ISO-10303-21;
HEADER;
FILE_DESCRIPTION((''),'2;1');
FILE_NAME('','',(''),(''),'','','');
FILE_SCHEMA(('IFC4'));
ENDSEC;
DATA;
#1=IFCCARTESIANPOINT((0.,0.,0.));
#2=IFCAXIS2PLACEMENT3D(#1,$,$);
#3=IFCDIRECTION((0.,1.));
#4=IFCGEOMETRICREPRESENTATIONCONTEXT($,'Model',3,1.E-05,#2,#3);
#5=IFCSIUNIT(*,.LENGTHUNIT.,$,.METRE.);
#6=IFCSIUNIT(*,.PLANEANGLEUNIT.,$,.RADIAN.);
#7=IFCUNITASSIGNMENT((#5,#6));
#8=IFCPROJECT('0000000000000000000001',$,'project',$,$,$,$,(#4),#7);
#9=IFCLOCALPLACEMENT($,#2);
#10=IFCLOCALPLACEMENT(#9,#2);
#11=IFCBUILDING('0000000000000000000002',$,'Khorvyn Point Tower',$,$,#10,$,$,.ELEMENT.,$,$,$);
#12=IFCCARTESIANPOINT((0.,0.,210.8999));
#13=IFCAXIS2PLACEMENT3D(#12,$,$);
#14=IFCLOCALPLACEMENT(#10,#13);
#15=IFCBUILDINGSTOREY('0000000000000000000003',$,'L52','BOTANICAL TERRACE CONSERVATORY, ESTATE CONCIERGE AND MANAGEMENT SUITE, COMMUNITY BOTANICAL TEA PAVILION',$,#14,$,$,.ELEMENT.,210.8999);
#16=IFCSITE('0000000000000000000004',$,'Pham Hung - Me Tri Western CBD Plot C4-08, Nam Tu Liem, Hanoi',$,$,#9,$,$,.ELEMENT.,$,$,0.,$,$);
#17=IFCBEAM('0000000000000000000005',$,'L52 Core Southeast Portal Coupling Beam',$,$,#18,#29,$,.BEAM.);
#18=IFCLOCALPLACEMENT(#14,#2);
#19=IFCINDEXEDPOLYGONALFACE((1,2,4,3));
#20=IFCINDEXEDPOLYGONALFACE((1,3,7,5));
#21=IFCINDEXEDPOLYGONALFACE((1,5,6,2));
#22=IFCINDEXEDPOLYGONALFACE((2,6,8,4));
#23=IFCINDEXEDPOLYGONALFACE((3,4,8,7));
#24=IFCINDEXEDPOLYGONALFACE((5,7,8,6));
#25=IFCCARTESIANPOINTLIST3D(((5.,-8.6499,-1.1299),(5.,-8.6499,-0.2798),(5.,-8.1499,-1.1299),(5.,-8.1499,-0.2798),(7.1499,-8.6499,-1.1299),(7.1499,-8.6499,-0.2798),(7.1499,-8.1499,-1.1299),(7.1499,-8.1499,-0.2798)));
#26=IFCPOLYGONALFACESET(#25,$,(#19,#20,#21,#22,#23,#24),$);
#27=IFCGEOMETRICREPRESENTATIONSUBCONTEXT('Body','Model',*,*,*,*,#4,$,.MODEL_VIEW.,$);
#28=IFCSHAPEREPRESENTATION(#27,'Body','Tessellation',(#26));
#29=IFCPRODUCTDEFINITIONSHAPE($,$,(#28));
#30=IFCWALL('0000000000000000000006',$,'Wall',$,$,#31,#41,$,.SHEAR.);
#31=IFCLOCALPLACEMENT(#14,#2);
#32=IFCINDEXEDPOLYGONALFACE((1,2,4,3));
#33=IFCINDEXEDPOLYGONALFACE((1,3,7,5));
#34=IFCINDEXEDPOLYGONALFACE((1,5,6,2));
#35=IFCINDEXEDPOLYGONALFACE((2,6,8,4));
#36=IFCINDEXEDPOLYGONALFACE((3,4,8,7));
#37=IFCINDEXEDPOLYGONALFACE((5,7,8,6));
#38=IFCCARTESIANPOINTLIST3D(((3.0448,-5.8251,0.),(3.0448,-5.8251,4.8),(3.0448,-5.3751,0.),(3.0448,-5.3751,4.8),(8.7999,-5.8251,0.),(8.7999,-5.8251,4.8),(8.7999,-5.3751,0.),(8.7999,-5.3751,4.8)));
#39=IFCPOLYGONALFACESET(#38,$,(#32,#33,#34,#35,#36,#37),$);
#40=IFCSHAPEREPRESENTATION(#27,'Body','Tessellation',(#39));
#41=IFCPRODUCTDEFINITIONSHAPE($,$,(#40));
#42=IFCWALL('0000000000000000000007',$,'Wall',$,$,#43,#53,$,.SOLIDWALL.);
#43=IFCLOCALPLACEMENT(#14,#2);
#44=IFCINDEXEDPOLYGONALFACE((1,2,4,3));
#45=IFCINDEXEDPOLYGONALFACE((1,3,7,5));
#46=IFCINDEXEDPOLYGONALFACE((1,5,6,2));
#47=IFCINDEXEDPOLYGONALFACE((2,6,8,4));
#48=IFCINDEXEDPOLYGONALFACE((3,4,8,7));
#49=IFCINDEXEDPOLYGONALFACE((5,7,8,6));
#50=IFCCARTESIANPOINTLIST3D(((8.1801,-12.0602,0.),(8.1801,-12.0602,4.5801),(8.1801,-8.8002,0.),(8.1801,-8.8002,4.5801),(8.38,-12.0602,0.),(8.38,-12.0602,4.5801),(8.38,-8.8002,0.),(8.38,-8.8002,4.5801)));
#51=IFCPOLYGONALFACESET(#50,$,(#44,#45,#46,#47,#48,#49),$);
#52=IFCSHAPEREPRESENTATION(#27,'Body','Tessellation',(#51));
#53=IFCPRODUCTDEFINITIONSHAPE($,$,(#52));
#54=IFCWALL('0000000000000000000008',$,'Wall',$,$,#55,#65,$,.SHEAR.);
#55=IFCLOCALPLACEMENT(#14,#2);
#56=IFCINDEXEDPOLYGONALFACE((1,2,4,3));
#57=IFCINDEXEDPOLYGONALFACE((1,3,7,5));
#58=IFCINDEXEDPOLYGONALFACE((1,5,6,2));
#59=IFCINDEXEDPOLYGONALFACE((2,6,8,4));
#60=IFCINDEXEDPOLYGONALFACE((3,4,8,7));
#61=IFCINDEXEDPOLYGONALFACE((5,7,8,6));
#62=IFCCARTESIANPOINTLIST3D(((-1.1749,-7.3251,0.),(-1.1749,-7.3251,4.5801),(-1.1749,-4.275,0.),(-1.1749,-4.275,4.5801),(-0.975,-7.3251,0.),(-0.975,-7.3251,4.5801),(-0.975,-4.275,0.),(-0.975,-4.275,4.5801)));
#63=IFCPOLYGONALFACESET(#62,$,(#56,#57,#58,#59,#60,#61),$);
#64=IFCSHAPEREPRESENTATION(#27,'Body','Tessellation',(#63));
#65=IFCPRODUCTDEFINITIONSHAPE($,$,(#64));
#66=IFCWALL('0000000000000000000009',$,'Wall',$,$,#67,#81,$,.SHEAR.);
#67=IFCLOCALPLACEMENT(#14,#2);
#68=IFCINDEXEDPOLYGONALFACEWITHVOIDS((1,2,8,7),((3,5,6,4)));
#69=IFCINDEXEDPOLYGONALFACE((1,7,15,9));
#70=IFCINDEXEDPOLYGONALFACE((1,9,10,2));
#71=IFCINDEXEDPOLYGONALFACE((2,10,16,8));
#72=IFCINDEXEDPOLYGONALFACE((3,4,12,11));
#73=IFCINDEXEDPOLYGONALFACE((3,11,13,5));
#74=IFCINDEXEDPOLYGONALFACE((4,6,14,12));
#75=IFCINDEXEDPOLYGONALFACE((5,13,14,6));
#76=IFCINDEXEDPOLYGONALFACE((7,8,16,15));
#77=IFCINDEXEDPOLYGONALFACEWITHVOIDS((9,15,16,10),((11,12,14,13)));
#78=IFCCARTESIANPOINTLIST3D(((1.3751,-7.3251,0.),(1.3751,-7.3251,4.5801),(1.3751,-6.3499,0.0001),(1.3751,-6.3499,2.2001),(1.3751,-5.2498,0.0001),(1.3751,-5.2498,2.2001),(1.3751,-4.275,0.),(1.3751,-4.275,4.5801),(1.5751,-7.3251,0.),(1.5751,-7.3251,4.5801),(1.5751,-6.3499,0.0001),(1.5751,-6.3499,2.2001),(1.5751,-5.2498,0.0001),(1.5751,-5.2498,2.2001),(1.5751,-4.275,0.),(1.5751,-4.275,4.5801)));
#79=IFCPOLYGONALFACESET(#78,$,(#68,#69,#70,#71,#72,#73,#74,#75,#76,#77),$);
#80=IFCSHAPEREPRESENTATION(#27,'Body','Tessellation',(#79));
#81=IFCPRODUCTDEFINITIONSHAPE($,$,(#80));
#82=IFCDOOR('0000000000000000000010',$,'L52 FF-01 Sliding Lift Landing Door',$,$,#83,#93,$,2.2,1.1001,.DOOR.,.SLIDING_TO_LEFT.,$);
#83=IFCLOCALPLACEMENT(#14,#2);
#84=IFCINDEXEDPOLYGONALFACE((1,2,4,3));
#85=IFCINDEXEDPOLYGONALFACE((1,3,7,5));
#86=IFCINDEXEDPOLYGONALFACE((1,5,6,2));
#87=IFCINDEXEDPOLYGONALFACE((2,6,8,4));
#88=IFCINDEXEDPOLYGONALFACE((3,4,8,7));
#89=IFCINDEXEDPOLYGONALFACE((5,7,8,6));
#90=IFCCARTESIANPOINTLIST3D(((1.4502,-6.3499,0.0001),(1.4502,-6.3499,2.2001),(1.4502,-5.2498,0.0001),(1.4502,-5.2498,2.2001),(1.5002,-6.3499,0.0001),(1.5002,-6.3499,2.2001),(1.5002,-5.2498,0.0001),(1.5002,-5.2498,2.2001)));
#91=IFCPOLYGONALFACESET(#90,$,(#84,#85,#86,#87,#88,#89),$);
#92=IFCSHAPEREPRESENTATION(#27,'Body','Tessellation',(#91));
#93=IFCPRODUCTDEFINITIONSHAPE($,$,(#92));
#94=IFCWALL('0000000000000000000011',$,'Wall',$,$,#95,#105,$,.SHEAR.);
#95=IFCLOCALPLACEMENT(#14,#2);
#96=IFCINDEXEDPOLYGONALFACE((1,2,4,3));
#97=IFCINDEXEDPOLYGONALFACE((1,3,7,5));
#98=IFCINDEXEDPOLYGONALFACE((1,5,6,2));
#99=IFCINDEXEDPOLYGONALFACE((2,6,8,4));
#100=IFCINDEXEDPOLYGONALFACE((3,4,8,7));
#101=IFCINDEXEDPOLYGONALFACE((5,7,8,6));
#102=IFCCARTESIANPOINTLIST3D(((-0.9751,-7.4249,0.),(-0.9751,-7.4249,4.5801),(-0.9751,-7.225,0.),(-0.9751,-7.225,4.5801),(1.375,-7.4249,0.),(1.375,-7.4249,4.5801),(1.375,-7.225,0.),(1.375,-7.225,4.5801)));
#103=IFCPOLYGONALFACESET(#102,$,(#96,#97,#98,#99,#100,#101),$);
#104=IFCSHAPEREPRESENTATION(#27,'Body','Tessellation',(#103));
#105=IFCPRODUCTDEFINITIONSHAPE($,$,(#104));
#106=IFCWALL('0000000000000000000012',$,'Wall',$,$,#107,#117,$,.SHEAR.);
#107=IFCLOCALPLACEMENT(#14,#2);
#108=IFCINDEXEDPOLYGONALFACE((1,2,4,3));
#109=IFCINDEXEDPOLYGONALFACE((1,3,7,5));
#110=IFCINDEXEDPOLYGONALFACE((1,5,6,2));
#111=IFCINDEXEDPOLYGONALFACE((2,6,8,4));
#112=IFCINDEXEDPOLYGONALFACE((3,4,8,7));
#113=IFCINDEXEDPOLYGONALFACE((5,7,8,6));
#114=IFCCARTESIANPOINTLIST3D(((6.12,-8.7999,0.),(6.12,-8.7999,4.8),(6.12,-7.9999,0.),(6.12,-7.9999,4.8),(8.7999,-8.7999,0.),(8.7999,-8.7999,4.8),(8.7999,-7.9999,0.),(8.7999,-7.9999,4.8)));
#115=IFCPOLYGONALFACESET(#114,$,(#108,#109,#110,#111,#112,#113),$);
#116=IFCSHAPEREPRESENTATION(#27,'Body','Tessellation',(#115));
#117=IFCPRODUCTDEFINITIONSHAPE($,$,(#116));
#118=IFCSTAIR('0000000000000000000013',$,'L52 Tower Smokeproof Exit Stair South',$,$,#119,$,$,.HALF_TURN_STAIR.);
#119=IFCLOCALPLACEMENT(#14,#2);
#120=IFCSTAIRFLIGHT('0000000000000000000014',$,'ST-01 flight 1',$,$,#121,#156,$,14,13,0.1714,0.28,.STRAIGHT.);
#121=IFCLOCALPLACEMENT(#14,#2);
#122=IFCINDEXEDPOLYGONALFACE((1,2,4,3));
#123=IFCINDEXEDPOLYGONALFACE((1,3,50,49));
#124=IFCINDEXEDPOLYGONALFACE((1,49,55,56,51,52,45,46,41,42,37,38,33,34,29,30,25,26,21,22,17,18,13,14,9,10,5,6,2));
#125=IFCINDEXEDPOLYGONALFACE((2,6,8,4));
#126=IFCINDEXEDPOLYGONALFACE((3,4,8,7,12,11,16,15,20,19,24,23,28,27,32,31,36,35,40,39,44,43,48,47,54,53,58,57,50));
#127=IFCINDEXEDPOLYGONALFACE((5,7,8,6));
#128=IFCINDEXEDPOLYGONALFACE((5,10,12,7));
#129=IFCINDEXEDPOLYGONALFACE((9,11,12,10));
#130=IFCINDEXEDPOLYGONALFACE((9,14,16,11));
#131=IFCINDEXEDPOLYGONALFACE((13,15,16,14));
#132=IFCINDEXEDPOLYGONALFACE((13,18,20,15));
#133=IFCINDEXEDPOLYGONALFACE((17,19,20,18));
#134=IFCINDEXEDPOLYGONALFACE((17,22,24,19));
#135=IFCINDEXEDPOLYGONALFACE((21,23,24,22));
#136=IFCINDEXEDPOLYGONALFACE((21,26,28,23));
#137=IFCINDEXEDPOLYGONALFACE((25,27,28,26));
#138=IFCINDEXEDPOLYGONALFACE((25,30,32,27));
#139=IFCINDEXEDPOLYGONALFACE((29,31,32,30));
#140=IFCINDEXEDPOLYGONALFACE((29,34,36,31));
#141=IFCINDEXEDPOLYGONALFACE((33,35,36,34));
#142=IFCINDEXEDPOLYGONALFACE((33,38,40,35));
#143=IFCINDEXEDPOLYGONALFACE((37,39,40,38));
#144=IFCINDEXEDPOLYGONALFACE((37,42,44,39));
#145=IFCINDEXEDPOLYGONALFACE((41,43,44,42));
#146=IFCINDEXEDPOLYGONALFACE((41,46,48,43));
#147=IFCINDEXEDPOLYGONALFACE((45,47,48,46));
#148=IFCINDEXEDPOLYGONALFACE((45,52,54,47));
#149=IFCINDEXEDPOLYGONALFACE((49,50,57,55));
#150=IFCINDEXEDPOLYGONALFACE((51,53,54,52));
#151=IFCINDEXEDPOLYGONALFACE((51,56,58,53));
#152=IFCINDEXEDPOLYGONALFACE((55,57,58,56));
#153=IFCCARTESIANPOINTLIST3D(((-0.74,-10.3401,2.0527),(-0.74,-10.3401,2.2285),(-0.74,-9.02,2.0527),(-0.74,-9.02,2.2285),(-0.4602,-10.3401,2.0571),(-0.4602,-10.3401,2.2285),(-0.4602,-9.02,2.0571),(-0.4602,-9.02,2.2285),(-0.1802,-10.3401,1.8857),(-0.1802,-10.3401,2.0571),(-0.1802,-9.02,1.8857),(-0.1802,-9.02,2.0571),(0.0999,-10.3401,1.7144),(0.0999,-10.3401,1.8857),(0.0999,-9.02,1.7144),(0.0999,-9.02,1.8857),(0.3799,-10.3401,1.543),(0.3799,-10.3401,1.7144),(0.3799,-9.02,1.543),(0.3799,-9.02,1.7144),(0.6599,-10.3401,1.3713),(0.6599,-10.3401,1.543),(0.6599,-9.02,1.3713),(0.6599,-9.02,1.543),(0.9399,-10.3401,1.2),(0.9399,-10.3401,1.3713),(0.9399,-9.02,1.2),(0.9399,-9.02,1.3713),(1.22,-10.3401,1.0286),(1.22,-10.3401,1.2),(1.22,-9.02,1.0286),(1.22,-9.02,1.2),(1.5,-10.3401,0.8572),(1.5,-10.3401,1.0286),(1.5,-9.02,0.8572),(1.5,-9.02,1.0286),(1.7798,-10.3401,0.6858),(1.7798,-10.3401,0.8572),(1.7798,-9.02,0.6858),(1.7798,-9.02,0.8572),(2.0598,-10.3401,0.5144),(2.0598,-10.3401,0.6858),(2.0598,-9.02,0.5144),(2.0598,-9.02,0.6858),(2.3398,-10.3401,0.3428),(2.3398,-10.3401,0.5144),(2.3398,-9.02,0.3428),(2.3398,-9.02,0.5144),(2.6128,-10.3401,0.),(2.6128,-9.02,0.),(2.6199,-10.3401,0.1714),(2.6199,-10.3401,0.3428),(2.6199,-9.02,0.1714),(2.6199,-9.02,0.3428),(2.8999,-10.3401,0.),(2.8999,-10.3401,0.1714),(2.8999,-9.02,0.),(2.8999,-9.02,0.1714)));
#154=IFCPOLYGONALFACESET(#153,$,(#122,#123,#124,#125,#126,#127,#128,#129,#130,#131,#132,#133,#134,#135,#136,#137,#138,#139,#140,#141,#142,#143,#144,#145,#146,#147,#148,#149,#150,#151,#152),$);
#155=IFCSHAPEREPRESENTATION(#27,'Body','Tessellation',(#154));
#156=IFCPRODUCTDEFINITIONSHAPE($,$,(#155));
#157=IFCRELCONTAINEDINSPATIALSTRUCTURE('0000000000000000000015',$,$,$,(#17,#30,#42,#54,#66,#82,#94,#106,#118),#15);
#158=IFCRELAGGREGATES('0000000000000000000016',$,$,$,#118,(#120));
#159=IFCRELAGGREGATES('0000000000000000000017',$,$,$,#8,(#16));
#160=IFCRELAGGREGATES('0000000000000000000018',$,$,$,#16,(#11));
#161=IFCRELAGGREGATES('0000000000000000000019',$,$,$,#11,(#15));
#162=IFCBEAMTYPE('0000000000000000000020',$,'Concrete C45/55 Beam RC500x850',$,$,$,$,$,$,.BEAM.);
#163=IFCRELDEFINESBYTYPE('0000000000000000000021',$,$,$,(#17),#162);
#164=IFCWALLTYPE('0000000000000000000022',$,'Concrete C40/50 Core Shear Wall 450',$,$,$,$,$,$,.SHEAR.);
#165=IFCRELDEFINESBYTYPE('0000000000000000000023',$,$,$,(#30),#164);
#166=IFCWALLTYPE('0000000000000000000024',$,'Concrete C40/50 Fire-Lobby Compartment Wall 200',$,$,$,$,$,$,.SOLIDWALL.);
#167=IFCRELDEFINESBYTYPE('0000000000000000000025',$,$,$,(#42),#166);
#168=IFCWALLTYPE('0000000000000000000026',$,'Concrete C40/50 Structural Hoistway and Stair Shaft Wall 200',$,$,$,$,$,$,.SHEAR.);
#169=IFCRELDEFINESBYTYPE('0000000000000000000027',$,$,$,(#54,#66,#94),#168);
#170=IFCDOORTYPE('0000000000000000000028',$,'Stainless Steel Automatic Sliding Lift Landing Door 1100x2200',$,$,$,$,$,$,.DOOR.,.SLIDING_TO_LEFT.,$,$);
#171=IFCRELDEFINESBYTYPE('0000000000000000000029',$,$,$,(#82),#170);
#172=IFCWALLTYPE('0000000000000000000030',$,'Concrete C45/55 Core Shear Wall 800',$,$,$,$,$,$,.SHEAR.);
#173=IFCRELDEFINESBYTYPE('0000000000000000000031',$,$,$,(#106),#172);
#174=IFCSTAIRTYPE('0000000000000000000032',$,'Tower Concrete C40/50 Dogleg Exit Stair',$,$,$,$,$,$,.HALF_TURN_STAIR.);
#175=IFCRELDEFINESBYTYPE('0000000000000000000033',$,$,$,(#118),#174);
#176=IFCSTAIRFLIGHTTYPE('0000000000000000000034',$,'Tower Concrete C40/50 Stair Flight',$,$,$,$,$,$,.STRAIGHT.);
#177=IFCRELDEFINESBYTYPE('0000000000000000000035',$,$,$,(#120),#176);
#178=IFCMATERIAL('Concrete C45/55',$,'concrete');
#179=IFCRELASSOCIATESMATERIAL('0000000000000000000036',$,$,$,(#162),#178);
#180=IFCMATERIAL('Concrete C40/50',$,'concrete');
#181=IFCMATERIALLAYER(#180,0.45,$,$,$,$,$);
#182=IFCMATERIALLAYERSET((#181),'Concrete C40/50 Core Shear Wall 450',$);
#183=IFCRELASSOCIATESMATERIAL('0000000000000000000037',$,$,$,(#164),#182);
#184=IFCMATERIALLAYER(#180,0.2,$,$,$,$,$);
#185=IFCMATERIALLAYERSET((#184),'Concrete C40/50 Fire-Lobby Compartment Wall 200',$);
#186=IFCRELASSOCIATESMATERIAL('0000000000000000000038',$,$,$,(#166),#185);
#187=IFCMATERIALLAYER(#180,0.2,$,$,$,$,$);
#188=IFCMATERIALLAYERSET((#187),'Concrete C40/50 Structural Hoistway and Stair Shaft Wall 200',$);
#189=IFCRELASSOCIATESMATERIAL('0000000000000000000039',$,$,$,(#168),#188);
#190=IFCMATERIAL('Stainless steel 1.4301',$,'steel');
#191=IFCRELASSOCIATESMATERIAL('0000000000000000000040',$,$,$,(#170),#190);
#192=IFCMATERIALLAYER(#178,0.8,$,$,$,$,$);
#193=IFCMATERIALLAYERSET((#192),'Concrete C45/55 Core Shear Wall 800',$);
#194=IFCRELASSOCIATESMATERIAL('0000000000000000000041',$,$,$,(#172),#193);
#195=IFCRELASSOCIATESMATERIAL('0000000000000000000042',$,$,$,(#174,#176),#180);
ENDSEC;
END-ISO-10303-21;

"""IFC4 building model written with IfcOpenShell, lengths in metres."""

from ifc_helpers import new_model, si_unit, direction, frame, frame_2d, origin, origin_2d, place, context, subcontext, project, spatial, polyline, rectangle, outline, extrude, material, layer, layer_set, material_profile, profile_set, type_object, element, fill, aggregate, save


model = new_model("IFC4")

# Units and contexts
model_context = context("Model", 3, precision=1e-05, world=origin(), true_north=direction((0.0, 1.0)))
body_context = subcontext(model_context, "Body", "Model", "MODEL_VIEW")
ifc_project = project(units=[si_unit("LENGTHUNIT", "METRE"), si_unit("PLANEANGLEUNIT", "RADIAN")], contexts=[model_context])

# Site, building, storey
site_placement = place(None, origin())
site = spatial("IfcSite", under=ifc_project, at=site_placement, Name="Pham Hung - Me Tri Western CBD Plot C4-08, Nam Tu Liem, Hanoi", CompositionType="ELEMENT", RefElevation=0.0)
building_placement = place(site_placement, origin())
building = spatial("IfcBuilding", under=site, at=building_placement, Name="Khorvyn Point Tower", CompositionType="ELEMENT")
storey_placement = place(building_placement, frame((0.0, 0.0, 210.8999)))
storey = spatial("IfcBuildingStorey", under=building, at=storey_placement, Name="L52", Description="BOTANICAL TERRACE CONSERVATORY, ESTATE CONCIERGE AND MANAGEMENT SUITE, COMMUNITY BOTANICAL TEA PAVILION", CompositionType="ELEMENT", Elevation=210.8999)

# Beam
ifc_material_1 = material(Name="Concrete C45/55", Category="concrete")
ifc_material_profile = material_profile(ifc_material_1, rectangle(XDim=0.5, YDim=0.8501, at=origin_2d()))
ifc_profile_set = profile_set([ifc_material_profile], Name="Concrete C45/55 RC500x850")
beam_type = type_object("IfcBeamType", Name="Concrete C45/55 Beam RC500x850", PredefinedType="BEAM", material=ifc_profile_set)
beam_placement = place(storey_placement, frame((5.0, -8.3999, -0.7048), z_axis=(1.0, 0.0, 0.0), x_axis=(0.0, 1.0, 0.0)))
element("IfcBeam", 1, at=beam_placement, inside=storey, type_object=beam_type, Name="L52 Core Southeast Portal Coupling Beam", PredefinedType="BEAM", context=body_context, shape_type="SweptSolid", body=[
    extrude(rectangle(XDim=0.5, YDim=0.8501, at=origin_2d()), origin(), (0.0, 0.0, 1.0), 2.1499),
])

# Wall
ifc_material_2 = material(Name="Concrete C40/50", Category="concrete")
ifc_layer_1 = layer(ifc_material_2, 0.45)
ifc_layer_set_1 = layer_set([ifc_layer_1], Name="Concrete C40/50 Core Shear Wall 450")
wall_type_1 = type_object("IfcWallType", Name="Concrete C40/50 Core Shear Wall 450", PredefinedType="SHEAR", material=ifc_layer_set_1)
wall_1_placement = place(storey_placement, frame((3.0449, -5.6001, 0.0), z_axis=(0.0, 0.0, 1.0), x_axis=(1.0, 0.0, 0.0)))
element("IfcWall", 2, at=wall_1_placement, inside=storey, type_object=wall_type_1, Name="Wall", PredefinedType="SHEAR", context=body_context, shape_type="SweptSolid", body=[
    extrude(rectangle(XDim=5.7551, YDim=0.45, at=frame_2d((2.8774, 0.0))), origin(), (0.0, 0.0, 1.0), 4.8),
])

# Shared definitions
ifc_layer_2 = layer(ifc_material_2, 0.2)
ifc_layer_set_2 = layer_set([ifc_layer_2], Name="Concrete C40/50 Fire-Lobby Compartment Wall 200")
wall_type_2 = type_object("IfcWallType", Name="Concrete C40/50 Fire-Lobby Compartment Wall 200", PredefinedType="SOLIDWALL", material=ifc_layer_set_2)

# Wall
wall_2_placement = place(storey_placement, frame((8.28, -12.0601, 0.0), z_axis=(0.0, 0.0, 1.0), x_axis=(0.0, 1.0, 0.0)))
element("IfcWall", 3, at=wall_2_placement, inside=storey, type_object=wall_type_2, Name="Wall", PredefinedType="SOLIDWALL", context=body_context, shape_type="SweptSolid", body=[
    extrude(rectangle(XDim=3.26, YDim=0.2, at=frame_2d((1.6299, 0.0))), origin(), (0.0, 0.0, 1.0), 4.5801),
])

# Wall
ifc_layer_3 = layer(ifc_material_2, 0.2)
ifc_layer_set_3 = layer_set([ifc_layer_3], Name="Concrete C40/50 Structural Hoistway and Stair Shaft Wall 200")
wall_type_3 = type_object("IfcWallType", Name="Concrete C40/50 Structural Hoistway and Stair Shaft Wall 200", PredefinedType="SHEAR", material=ifc_layer_set_3)
wall_3_placement = place(storey_placement, frame((-1.075, -7.325, 0.0), z_axis=(0.0, 0.0, 1.0), x_axis=(0.0, 1.0, 0.0)))
element("IfcWall", 4, at=wall_3_placement, inside=storey, type_object=wall_type_3, Name="Wall", PredefinedType="SHEAR", context=body_context, shape_type="SweptSolid", body=[
    extrude(rectangle(XDim=3.05, YDim=0.2, at=frame_2d((1.5249, 0.0))), origin(), (0.0, 0.0, 1.0), 4.5801),
])

# Wall, opening, door
wall_4_placement = place(storey_placement, frame((1.4751, -7.325, 0.0), z_axis=(0.0, 0.0, 1.0), x_axis=(0.0, 1.0, 0.0)))
wall_4 = element("IfcWall", 5, at=wall_4_placement, inside=storey, type_object=wall_type_3, Name="Wall", PredefinedType="SHEAR", context=body_context, shape_type="SweptSolid", body=[
    extrude(rectangle(XDim=3.05, YDim=0.2, at=frame_2d((1.5249, 0.0))), origin(), (0.0, 0.0, 1.0), 4.5801),
])
opening_1_placement = place(wall_4_placement, frame((0.9751, 0.0, 0.0)))
opening_1 = element("IfcOpeningElement", 6, at=opening_1_placement, cuts=wall_4, PredefinedType="OPENING", context=body_context, shape_type="SweptSolid", body=[
    extrude(rectangle(XDim=1.1001, YDim=2.2, at=frame_2d((0.55, 1.1001))), frame((0.0, 0.1099, 0.0), z_axis=(0.0, -1.0, 0.0), x_axis=(1.0, 0.0, 0.0)), (0.0, 0.0, 1.0), 0.22),
])
ifc_material_3 = material(Name="Stainless steel 1.4301", Category="steel")
door_type_1 = type_object("IfcDoorType", Name="Stainless Steel Automatic Sliding Lift Landing Door 1100x2200", OperationType="SLIDING_TO_LEFT", PredefinedType="DOOR", material=ifc_material_3)
door_1_placement = place(opening_1_placement, origin())
door_1 = element("IfcDoor", 7, at=door_1_placement, inside=storey, type_object=door_type_1, Name="L52 FF-01 Sliding Lift Landing Door", OperationType="SLIDING_TO_LEFT", OverallHeight=2.2, OverallWidth=1.1001, PredefinedType="DOOR", context=body_context, shape_type="SweptSolid", body=[
    extrude(rectangle(XDim=1.1001, YDim=2.2, at=frame_2d((0.55, 1.1001))), frame((0.0, 0.0249, 0.0), z_axis=(0.0, -1.0, 0.0), x_axis=(1.0, 0.0, 0.0)), (0.0, 0.0, 1.0), 0.05),
])
fill(opening_1, door_1)

# Walls
wall_5_placement = place(storey_placement, frame((-0.9751, -7.325, 0.0), z_axis=(0.0, 0.0, 1.0), x_axis=(1.0, 0.0, 0.0)))
element("IfcWall", 8, at=wall_5_placement, inside=storey, type_object=wall_type_3, Name="Wall", PredefinedType="SHEAR", context=body_context, shape_type="SweptSolid", body=[
    extrude(rectangle(XDim=2.3501, YDim=0.2, at=frame_2d((1.175, 0.0))), origin(), (0.0, 0.0, 1.0), 4.5801),
])
ifc_layer_4 = layer(ifc_material_1, 0.8)
ifc_layer_set_4 = layer_set([ifc_layer_4], Name="Concrete C45/55 Core Shear Wall 800")
wall_type_4 = type_object("IfcWallType", Name="Concrete C45/55 Core Shear Wall 800", PredefinedType="SHEAR", material=ifc_layer_set_4)
wall_6_placement = place(storey_placement, frame((6.1201, -8.3999, 0.0), z_axis=(0.0, 0.0, 1.0), x_axis=(1.0, 0.0, 0.0)))
element("IfcWall", 9, at=wall_6_placement, inside=storey, type_object=wall_type_4, Name="Wall", PredefinedType="SHEAR", context=body_context, shape_type="SweptSolid", body=[
    extrude(rectangle(XDim=2.6799, YDim=0.8, at=frame_2d((1.3398, 0.0))), origin(), (0.0, 0.0, 1.0), 4.8),
])

# Stair, stair flight
stair_type = type_object("IfcStairType", Name="Tower Concrete C40/50 Dogleg Exit Stair", PredefinedType="HALF_TURN_STAIR", material=ifc_material_2)
stair_placement = place(storey_placement, origin())
stair = element("IfcStair", 10, at=stair_placement, inside=storey, type_object=stair_type, Name="L52 Tower Smokeproof Exit Stair South", PredefinedType="HALF_TURN_STAIR")
stair_flight_type = type_object("IfcStairFlightType", Name="Tower Concrete C40/50 Stair Flight", PredefinedType="STRAIGHT", material=ifc_material_2)
stair_flight_1_placement = place(storey_placement, frame((2.8999, -9.6799, 0.0), z_axis=(0.0, 0.0, 1.0), x_axis=(-1.0, 0.0, 0.0)))
stair_flight_1 = element("IfcStairFlight", 11, at=stair_flight_1_placement, type_object=stair_flight_type, Name="ST-01 flight 1", NumberOfRisers=14, NumberOfTreads=13, PredefinedType="STRAIGHT", RiserHeight=0.1714, TreadLength=0.28, context=body_context, shape_type="SweptSolid", body=[
    extrude(outline(polyline([(0.0, 0.0), (0.0, 0.1714), (0.28, 0.1714), (0.28, 0.3428), (0.5601, 0.3428), (0.5601, 0.5144), (0.8401, 0.5144), (0.8401, 0.6858), (1.1201, 0.6858), (1.1201, 0.8572), (1.3999, 0.8572), (1.3999, 1.0286), (1.6799, 1.0286), (1.6799, 1.2), (1.96, 1.2), (1.96, 1.3713), (2.24, 1.3713), (2.24, 1.543), (2.52, 1.543), (2.52, 1.7144), (2.8, 1.7144), (2.8, 1.8857), (3.0801, 1.8857), (3.0801, 2.0571), (3.3601, 2.0571), (3.3601, 2.2285), (3.6399, 2.2285), (3.6399, 2.3999), (3.6399, 2.0527), (0.2871, 0.0), (0.0, 0.0)])), frame((0.0, 0.6602, 0.0), z_axis=(0.0, -1.0, 0.0), x_axis=(1.0, 0.0, 0.0)), (0.0, 0.0, 1.0), 1.3201),
])
aggregate(stair, [stair_flight_1])

save(model, "model.ifc")
